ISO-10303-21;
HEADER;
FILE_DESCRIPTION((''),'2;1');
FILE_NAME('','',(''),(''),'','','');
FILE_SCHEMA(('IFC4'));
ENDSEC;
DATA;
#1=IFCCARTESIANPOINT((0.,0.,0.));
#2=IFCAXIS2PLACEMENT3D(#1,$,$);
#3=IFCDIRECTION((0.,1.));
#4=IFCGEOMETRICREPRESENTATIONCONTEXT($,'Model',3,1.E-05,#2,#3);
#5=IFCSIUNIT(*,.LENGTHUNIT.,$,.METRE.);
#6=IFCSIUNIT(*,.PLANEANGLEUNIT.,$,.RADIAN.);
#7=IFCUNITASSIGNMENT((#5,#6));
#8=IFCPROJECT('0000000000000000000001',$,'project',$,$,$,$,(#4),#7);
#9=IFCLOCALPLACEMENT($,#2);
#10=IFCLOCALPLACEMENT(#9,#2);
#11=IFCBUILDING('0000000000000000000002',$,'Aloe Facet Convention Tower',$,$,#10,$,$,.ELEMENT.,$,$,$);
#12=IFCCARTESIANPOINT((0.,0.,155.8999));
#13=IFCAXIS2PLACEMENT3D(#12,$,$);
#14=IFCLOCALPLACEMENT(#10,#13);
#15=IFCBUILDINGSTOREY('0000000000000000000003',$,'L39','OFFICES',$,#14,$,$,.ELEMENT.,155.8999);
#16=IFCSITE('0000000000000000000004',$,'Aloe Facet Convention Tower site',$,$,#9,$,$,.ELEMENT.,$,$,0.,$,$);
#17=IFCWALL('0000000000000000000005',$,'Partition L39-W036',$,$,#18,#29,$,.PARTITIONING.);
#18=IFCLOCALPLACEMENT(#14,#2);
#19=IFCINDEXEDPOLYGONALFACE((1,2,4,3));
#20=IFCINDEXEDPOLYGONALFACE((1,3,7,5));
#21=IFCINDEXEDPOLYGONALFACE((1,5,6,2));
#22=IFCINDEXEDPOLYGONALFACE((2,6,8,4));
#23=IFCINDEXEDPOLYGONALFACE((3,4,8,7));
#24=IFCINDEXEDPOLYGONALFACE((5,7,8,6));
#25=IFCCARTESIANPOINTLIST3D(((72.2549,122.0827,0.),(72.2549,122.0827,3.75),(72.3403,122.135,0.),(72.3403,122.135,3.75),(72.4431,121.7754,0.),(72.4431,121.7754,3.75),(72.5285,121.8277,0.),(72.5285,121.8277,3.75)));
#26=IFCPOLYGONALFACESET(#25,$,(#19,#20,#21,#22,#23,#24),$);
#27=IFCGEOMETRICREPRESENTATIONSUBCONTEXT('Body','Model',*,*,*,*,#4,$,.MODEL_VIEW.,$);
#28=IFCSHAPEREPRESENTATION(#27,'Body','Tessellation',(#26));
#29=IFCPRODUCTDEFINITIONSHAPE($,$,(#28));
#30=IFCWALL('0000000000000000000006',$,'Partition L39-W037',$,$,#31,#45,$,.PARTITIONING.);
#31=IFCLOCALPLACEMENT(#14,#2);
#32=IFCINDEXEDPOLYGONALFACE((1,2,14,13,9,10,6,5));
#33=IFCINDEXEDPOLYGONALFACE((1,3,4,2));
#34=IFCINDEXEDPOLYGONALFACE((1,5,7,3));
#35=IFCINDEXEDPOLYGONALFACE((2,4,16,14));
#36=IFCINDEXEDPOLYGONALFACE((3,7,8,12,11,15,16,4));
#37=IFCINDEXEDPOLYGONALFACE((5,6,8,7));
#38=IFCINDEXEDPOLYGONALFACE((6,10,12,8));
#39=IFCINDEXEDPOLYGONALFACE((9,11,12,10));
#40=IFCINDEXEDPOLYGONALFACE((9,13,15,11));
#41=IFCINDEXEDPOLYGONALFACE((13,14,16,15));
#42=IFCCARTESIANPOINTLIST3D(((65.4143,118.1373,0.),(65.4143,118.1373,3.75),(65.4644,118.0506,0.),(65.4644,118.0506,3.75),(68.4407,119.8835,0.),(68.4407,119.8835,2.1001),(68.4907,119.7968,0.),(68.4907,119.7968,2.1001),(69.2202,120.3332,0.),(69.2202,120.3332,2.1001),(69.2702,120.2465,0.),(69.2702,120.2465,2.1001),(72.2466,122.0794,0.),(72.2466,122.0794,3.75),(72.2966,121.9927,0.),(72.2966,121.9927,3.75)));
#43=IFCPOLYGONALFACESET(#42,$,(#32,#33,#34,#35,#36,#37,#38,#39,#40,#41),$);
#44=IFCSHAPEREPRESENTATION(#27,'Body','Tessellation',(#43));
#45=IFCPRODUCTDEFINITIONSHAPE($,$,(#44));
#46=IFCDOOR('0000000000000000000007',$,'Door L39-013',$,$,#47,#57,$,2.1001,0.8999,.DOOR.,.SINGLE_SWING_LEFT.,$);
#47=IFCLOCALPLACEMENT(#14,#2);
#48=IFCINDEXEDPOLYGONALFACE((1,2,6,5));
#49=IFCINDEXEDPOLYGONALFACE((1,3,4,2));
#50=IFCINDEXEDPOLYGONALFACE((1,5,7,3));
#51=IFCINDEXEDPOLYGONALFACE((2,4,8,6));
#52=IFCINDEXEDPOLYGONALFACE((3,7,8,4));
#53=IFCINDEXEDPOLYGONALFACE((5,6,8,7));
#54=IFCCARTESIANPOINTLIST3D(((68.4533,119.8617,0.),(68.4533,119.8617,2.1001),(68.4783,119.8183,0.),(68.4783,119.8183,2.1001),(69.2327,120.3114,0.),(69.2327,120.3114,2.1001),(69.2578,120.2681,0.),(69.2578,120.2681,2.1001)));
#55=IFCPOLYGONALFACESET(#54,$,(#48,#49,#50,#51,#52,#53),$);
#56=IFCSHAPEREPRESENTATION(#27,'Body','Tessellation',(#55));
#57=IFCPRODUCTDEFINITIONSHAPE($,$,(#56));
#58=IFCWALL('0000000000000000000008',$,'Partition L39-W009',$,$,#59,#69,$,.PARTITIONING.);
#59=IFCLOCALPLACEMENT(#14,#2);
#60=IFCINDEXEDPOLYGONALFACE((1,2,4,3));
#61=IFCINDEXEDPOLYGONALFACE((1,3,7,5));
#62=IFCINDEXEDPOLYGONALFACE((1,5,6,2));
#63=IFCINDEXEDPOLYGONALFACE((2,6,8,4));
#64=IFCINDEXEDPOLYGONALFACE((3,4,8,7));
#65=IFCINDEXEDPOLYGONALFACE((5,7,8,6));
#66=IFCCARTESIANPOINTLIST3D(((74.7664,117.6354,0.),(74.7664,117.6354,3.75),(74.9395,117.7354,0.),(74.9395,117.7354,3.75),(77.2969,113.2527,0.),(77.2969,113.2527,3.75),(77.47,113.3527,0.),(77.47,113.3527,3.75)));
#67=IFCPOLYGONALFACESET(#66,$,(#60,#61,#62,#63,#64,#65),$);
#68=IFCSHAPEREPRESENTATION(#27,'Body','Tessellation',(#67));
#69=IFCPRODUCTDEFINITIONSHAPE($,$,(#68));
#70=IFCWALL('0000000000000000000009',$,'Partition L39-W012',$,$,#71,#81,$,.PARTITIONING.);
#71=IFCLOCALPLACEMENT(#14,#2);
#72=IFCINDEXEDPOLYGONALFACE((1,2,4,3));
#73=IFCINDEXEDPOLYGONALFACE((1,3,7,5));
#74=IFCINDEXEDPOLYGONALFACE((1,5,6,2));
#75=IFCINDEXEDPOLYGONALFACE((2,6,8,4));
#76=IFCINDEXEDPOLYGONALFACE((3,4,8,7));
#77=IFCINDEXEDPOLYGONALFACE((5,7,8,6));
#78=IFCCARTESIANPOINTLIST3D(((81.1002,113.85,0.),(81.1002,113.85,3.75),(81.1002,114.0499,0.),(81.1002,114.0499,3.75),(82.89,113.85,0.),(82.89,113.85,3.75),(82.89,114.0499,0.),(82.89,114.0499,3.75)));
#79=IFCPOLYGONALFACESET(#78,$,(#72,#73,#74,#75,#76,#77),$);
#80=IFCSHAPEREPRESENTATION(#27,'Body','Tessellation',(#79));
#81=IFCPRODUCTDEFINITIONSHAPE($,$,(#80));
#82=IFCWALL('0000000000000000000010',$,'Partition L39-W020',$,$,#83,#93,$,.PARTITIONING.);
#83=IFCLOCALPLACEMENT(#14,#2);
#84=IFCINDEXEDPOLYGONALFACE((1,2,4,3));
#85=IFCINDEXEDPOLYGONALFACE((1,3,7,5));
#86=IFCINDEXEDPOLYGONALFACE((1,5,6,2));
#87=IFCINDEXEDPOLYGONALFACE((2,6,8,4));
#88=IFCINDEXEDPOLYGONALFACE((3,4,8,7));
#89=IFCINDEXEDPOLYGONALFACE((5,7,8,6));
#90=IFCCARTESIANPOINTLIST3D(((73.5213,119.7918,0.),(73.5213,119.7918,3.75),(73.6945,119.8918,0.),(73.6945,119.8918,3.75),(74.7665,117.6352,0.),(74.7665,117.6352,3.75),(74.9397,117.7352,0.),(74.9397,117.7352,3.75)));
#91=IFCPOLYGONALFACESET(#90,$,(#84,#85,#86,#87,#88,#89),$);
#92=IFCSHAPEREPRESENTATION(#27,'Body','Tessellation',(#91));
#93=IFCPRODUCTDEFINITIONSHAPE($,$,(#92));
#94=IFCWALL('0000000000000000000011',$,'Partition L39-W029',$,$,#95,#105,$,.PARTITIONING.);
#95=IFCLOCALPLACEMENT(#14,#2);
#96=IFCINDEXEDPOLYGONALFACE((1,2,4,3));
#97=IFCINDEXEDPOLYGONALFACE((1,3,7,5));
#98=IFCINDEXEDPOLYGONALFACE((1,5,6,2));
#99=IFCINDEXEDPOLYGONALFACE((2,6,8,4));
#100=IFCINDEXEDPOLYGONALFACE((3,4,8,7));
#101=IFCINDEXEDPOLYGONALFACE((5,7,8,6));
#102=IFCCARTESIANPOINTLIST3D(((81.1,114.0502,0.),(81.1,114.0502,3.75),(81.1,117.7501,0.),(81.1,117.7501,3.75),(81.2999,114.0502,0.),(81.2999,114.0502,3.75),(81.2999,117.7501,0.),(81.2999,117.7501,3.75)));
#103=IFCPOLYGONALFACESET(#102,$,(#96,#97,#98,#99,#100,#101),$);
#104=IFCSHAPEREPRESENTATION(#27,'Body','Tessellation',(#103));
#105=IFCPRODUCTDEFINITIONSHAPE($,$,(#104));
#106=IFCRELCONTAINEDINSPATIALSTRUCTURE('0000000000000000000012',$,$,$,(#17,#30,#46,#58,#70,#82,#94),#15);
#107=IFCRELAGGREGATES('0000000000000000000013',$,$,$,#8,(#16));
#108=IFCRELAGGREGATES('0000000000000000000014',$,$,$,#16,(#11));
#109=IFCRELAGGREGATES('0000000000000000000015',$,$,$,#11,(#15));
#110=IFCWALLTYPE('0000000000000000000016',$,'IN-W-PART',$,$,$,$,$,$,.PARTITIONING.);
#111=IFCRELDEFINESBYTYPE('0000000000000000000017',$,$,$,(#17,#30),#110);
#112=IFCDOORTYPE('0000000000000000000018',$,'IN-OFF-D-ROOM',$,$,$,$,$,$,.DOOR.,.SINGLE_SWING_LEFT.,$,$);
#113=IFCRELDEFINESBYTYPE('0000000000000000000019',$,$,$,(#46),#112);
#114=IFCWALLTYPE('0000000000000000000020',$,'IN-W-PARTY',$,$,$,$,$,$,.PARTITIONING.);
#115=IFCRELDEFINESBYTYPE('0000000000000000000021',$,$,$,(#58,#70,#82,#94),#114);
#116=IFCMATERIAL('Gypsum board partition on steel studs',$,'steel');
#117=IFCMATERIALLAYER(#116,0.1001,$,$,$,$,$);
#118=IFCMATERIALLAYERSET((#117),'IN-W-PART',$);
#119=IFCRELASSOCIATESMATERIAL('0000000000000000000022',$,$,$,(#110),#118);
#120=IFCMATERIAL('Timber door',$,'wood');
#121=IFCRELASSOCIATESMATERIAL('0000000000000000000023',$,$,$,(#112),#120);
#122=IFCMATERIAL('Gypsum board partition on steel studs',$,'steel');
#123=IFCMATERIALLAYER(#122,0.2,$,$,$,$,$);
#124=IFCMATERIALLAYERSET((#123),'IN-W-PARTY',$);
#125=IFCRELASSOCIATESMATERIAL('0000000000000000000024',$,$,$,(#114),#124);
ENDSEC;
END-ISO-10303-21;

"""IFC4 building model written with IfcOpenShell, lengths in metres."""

from ifc_helpers import new_model, si_unit, direction, frame, frame_2d, origin, place, context, subcontext, project, spatial, rectangle, extrude, material, layer, layer_set, type_object, element, fill, save


model = new_model("IFC4")

# Units and contexts
model_context = context("Model", 3, precision=1e-05, world=origin(), true_north=direction((0.0, 1.0)))
body_context = subcontext(model_context, "Body", "Model", "MODEL_VIEW")
ifc_project = project(units=[si_unit("LENGTHUNIT", "METRE"), si_unit("PLANEANGLEUNIT", "RADIAN")], contexts=[model_context])

# Site, building, storey
site_placement = place(None, origin())
site = spatial("IfcSite", under=ifc_project, at=site_placement, Name="Aloe Facet Convention Tower site", CompositionType="ELEMENT", RefElevation=0.0)
building_placement = place(site_placement, origin())
building = spatial("IfcBuilding", under=site, at=building_placement, Name="Aloe Facet Convention Tower", CompositionType="ELEMENT")
storey_placement = place(building_placement, frame((0.0, 0.0, 155.8999)))
storey = spatial("IfcBuildingStorey", under=building, at=storey_placement, Name="L39", Description="OFFICES", CompositionType="ELEMENT", Elevation=155.8999)

# Shared definitions
ifc_material_1 = material(Name="Gypsum board partition on steel studs", Category="steel")
ifc_layer_1 = layer(ifc_material_1, 0.1001)
ifc_layer_set_1 = layer_set([ifc_layer_1], Name="IN-W-PART")
wall_type_1 = type_object("IfcWallType", Name="IN-W-PART", PredefinedType="PARTITIONING", material=ifc_layer_set_1)
ifc_material_2 = material(Name="Timber door", Category="wood")
door_type_1 = type_object("IfcDoorType", Name="IN-OFF-D-ROOM", OperationType="SINGLE_SWING_LEFT", PredefinedType="DOOR", material=ifc_material_2)

# Wall
wall_1_placement = place(storey_placement, frame((72.2976, 122.1089, 0.0), z_axis=(0.0, 0.0, 1.0), x_axis=(0.522244, -0.852796, 0.0)))
element("IfcWall", 1, at=wall_1_placement, inside=storey, type_object=wall_type_1, Name="Partition L39-W036", PredefinedType="PARTITIONING", context=body_context, shape_type="SweptSolid", body=[
    extrude(rectangle(XDim=0.3604, YDim=0.1001, at=frame_2d((0.1802, 0.0))), origin(), (0.0, 0.0, 1.0), 3.75),
])

# Wall, opening, door
wall_2_placement = place(storey_placement, frame((65.4395, 118.094, 0.0), z_axis=(0.0, 0.0, 1.0), x_axis=(0.866161, 0.499764, 0.0)))
wall_2 = element("IfcWall", 2, at=wall_2_placement, inside=storey, type_object=wall_type_1, Name="Partition L39-W037", PredefinedType="PARTITIONING", context=body_context, shape_type="SweptSolid", body=[
    extrude(rectangle(XDim=7.8879, YDim=0.1001, at=frame_2d((3.9438, 0.0))), origin(), (0.0, 0.0, 1.0), 3.75),
])
opening_1_placement = place(wall_2_placement, frame((3.4939, 0.0, 0.0)))
opening_1 = element("IfcOpeningElement", 3, at=opening_1_placement, cuts=wall_2, PredefinedType="OPENING", context=body_context, shape_type="SweptSolid", body=[
    extrude(rectangle(XDim=0.8999, YDim=2.1001, at=frame_2d((0.45, 1.05))), frame((0.0, 0.0601, 0.0), z_axis=(0.0, -1.0, 0.0), x_axis=(1.0, 0.0, 0.0)), (0.0, 0.0, 1.0), 0.1201),
])
door_1_placement = place(opening_1_placement, origin())
door_1 = element("IfcDoor", 4, at=door_1_placement, inside=storey, type_object=door_type_1, Name="Door L39-013", OperationType="SINGLE_SWING_LEFT", OverallHeight=2.1001, OverallWidth=0.8999, PredefinedType="DOOR", context=body_context, shape_type="SweptSolid", body=[
    extrude(rectangle(XDim=0.8999, YDim=2.1001, at=frame_2d((0.45, 1.05))), frame((0.0, 0.0249, 0.0), z_axis=(0.0, -1.0, 0.0), x_axis=(1.0, 0.0, 0.0)), (0.0, 0.0, 1.0), 0.05),
])
fill(opening_1, door_1)

# Walls
ifc_material_3 = material(Name="Gypsum board partition on steel studs", Category="steel")
ifc_layer_2 = layer(ifc_material_3, 0.2)
ifc_layer_set_2 = layer_set([ifc_layer_2], Name="IN-W-PARTY")
wall_type_2 = type_object("IfcWallType", Name="IN-W-PARTY", PredefinedType="PARTITIONING", material=ifc_layer_set_2)
wall_3_placement = place(storey_placement, frame((74.853, 117.6853, 0.0), z_axis=(0.0, 0.0, 1.0), x_axis=(0.500015, -0.866017, 0.0)))
element("IfcWall", 5, at=wall_3_placement, inside=storey, type_object=wall_type_2, Name="Partition L39-W009", PredefinedType="PARTITIONING", context=body_context, shape_type="SweptSolid", body=[
    extrude(rectangle(XDim=5.0608, YDim=0.2, at=frame_2d((2.5303, 0.0))), origin(), (0.0, 0.0, 1.0), 3.75),
])
wall_4_placement = place(storey_placement, frame((81.1001, 113.95, 0.0), z_axis=(0.0, 0.0, 1.0), x_axis=(1.0, 0.0, 0.0)))
element("IfcWall", 6, at=wall_4_placement, inside=storey, type_object=wall_type_2, Name="Partition L39-W012", PredefinedType="PARTITIONING", context=body_context, shape_type="SweptSolid", body=[
    extrude(rectangle(XDim=1.7898, YDim=0.2, at=frame_2d((0.895, 0.0))), origin(), (0.0, 0.0, 1.0), 3.75),
])
wall_5_placement = place(storey_placement, frame((73.6079, 119.8418, 0.0), z_axis=(0.0, 0.0, 1.0), x_axis=(0.500019, -0.866014, 0.0)))
element("IfcWall", 7, at=wall_5_placement, inside=storey, type_object=wall_type_2, Name="Partition L39-W020", PredefinedType="PARTITIONING", context=body_context, shape_type="SweptSolid", body=[
    extrude(rectangle(XDim=2.4902, YDim=0.2, at=frame_2d((1.2451, 0.0))), origin(), (0.0, 0.0, 1.0), 3.75),
])
wall_6_placement = place(storey_placement, frame((81.2, 114.05, 0.0), z_axis=(0.0, 0.0, 1.0), x_axis=(0.0, 1.0, 0.0)))
element("IfcWall", 8, at=wall_6_placement, inside=storey, type_object=wall_type_2, Name="Partition L39-W029", PredefinedType="PARTITIONING", context=body_context, shape_type="SweptSolid", body=[
    extrude(rectangle(XDim=3.7, YDim=0.2, at=frame_2d((1.8501, 0.0))), origin(), (0.0, 0.0, 1.0), 3.75),
])

save(model, "model.ifc")
